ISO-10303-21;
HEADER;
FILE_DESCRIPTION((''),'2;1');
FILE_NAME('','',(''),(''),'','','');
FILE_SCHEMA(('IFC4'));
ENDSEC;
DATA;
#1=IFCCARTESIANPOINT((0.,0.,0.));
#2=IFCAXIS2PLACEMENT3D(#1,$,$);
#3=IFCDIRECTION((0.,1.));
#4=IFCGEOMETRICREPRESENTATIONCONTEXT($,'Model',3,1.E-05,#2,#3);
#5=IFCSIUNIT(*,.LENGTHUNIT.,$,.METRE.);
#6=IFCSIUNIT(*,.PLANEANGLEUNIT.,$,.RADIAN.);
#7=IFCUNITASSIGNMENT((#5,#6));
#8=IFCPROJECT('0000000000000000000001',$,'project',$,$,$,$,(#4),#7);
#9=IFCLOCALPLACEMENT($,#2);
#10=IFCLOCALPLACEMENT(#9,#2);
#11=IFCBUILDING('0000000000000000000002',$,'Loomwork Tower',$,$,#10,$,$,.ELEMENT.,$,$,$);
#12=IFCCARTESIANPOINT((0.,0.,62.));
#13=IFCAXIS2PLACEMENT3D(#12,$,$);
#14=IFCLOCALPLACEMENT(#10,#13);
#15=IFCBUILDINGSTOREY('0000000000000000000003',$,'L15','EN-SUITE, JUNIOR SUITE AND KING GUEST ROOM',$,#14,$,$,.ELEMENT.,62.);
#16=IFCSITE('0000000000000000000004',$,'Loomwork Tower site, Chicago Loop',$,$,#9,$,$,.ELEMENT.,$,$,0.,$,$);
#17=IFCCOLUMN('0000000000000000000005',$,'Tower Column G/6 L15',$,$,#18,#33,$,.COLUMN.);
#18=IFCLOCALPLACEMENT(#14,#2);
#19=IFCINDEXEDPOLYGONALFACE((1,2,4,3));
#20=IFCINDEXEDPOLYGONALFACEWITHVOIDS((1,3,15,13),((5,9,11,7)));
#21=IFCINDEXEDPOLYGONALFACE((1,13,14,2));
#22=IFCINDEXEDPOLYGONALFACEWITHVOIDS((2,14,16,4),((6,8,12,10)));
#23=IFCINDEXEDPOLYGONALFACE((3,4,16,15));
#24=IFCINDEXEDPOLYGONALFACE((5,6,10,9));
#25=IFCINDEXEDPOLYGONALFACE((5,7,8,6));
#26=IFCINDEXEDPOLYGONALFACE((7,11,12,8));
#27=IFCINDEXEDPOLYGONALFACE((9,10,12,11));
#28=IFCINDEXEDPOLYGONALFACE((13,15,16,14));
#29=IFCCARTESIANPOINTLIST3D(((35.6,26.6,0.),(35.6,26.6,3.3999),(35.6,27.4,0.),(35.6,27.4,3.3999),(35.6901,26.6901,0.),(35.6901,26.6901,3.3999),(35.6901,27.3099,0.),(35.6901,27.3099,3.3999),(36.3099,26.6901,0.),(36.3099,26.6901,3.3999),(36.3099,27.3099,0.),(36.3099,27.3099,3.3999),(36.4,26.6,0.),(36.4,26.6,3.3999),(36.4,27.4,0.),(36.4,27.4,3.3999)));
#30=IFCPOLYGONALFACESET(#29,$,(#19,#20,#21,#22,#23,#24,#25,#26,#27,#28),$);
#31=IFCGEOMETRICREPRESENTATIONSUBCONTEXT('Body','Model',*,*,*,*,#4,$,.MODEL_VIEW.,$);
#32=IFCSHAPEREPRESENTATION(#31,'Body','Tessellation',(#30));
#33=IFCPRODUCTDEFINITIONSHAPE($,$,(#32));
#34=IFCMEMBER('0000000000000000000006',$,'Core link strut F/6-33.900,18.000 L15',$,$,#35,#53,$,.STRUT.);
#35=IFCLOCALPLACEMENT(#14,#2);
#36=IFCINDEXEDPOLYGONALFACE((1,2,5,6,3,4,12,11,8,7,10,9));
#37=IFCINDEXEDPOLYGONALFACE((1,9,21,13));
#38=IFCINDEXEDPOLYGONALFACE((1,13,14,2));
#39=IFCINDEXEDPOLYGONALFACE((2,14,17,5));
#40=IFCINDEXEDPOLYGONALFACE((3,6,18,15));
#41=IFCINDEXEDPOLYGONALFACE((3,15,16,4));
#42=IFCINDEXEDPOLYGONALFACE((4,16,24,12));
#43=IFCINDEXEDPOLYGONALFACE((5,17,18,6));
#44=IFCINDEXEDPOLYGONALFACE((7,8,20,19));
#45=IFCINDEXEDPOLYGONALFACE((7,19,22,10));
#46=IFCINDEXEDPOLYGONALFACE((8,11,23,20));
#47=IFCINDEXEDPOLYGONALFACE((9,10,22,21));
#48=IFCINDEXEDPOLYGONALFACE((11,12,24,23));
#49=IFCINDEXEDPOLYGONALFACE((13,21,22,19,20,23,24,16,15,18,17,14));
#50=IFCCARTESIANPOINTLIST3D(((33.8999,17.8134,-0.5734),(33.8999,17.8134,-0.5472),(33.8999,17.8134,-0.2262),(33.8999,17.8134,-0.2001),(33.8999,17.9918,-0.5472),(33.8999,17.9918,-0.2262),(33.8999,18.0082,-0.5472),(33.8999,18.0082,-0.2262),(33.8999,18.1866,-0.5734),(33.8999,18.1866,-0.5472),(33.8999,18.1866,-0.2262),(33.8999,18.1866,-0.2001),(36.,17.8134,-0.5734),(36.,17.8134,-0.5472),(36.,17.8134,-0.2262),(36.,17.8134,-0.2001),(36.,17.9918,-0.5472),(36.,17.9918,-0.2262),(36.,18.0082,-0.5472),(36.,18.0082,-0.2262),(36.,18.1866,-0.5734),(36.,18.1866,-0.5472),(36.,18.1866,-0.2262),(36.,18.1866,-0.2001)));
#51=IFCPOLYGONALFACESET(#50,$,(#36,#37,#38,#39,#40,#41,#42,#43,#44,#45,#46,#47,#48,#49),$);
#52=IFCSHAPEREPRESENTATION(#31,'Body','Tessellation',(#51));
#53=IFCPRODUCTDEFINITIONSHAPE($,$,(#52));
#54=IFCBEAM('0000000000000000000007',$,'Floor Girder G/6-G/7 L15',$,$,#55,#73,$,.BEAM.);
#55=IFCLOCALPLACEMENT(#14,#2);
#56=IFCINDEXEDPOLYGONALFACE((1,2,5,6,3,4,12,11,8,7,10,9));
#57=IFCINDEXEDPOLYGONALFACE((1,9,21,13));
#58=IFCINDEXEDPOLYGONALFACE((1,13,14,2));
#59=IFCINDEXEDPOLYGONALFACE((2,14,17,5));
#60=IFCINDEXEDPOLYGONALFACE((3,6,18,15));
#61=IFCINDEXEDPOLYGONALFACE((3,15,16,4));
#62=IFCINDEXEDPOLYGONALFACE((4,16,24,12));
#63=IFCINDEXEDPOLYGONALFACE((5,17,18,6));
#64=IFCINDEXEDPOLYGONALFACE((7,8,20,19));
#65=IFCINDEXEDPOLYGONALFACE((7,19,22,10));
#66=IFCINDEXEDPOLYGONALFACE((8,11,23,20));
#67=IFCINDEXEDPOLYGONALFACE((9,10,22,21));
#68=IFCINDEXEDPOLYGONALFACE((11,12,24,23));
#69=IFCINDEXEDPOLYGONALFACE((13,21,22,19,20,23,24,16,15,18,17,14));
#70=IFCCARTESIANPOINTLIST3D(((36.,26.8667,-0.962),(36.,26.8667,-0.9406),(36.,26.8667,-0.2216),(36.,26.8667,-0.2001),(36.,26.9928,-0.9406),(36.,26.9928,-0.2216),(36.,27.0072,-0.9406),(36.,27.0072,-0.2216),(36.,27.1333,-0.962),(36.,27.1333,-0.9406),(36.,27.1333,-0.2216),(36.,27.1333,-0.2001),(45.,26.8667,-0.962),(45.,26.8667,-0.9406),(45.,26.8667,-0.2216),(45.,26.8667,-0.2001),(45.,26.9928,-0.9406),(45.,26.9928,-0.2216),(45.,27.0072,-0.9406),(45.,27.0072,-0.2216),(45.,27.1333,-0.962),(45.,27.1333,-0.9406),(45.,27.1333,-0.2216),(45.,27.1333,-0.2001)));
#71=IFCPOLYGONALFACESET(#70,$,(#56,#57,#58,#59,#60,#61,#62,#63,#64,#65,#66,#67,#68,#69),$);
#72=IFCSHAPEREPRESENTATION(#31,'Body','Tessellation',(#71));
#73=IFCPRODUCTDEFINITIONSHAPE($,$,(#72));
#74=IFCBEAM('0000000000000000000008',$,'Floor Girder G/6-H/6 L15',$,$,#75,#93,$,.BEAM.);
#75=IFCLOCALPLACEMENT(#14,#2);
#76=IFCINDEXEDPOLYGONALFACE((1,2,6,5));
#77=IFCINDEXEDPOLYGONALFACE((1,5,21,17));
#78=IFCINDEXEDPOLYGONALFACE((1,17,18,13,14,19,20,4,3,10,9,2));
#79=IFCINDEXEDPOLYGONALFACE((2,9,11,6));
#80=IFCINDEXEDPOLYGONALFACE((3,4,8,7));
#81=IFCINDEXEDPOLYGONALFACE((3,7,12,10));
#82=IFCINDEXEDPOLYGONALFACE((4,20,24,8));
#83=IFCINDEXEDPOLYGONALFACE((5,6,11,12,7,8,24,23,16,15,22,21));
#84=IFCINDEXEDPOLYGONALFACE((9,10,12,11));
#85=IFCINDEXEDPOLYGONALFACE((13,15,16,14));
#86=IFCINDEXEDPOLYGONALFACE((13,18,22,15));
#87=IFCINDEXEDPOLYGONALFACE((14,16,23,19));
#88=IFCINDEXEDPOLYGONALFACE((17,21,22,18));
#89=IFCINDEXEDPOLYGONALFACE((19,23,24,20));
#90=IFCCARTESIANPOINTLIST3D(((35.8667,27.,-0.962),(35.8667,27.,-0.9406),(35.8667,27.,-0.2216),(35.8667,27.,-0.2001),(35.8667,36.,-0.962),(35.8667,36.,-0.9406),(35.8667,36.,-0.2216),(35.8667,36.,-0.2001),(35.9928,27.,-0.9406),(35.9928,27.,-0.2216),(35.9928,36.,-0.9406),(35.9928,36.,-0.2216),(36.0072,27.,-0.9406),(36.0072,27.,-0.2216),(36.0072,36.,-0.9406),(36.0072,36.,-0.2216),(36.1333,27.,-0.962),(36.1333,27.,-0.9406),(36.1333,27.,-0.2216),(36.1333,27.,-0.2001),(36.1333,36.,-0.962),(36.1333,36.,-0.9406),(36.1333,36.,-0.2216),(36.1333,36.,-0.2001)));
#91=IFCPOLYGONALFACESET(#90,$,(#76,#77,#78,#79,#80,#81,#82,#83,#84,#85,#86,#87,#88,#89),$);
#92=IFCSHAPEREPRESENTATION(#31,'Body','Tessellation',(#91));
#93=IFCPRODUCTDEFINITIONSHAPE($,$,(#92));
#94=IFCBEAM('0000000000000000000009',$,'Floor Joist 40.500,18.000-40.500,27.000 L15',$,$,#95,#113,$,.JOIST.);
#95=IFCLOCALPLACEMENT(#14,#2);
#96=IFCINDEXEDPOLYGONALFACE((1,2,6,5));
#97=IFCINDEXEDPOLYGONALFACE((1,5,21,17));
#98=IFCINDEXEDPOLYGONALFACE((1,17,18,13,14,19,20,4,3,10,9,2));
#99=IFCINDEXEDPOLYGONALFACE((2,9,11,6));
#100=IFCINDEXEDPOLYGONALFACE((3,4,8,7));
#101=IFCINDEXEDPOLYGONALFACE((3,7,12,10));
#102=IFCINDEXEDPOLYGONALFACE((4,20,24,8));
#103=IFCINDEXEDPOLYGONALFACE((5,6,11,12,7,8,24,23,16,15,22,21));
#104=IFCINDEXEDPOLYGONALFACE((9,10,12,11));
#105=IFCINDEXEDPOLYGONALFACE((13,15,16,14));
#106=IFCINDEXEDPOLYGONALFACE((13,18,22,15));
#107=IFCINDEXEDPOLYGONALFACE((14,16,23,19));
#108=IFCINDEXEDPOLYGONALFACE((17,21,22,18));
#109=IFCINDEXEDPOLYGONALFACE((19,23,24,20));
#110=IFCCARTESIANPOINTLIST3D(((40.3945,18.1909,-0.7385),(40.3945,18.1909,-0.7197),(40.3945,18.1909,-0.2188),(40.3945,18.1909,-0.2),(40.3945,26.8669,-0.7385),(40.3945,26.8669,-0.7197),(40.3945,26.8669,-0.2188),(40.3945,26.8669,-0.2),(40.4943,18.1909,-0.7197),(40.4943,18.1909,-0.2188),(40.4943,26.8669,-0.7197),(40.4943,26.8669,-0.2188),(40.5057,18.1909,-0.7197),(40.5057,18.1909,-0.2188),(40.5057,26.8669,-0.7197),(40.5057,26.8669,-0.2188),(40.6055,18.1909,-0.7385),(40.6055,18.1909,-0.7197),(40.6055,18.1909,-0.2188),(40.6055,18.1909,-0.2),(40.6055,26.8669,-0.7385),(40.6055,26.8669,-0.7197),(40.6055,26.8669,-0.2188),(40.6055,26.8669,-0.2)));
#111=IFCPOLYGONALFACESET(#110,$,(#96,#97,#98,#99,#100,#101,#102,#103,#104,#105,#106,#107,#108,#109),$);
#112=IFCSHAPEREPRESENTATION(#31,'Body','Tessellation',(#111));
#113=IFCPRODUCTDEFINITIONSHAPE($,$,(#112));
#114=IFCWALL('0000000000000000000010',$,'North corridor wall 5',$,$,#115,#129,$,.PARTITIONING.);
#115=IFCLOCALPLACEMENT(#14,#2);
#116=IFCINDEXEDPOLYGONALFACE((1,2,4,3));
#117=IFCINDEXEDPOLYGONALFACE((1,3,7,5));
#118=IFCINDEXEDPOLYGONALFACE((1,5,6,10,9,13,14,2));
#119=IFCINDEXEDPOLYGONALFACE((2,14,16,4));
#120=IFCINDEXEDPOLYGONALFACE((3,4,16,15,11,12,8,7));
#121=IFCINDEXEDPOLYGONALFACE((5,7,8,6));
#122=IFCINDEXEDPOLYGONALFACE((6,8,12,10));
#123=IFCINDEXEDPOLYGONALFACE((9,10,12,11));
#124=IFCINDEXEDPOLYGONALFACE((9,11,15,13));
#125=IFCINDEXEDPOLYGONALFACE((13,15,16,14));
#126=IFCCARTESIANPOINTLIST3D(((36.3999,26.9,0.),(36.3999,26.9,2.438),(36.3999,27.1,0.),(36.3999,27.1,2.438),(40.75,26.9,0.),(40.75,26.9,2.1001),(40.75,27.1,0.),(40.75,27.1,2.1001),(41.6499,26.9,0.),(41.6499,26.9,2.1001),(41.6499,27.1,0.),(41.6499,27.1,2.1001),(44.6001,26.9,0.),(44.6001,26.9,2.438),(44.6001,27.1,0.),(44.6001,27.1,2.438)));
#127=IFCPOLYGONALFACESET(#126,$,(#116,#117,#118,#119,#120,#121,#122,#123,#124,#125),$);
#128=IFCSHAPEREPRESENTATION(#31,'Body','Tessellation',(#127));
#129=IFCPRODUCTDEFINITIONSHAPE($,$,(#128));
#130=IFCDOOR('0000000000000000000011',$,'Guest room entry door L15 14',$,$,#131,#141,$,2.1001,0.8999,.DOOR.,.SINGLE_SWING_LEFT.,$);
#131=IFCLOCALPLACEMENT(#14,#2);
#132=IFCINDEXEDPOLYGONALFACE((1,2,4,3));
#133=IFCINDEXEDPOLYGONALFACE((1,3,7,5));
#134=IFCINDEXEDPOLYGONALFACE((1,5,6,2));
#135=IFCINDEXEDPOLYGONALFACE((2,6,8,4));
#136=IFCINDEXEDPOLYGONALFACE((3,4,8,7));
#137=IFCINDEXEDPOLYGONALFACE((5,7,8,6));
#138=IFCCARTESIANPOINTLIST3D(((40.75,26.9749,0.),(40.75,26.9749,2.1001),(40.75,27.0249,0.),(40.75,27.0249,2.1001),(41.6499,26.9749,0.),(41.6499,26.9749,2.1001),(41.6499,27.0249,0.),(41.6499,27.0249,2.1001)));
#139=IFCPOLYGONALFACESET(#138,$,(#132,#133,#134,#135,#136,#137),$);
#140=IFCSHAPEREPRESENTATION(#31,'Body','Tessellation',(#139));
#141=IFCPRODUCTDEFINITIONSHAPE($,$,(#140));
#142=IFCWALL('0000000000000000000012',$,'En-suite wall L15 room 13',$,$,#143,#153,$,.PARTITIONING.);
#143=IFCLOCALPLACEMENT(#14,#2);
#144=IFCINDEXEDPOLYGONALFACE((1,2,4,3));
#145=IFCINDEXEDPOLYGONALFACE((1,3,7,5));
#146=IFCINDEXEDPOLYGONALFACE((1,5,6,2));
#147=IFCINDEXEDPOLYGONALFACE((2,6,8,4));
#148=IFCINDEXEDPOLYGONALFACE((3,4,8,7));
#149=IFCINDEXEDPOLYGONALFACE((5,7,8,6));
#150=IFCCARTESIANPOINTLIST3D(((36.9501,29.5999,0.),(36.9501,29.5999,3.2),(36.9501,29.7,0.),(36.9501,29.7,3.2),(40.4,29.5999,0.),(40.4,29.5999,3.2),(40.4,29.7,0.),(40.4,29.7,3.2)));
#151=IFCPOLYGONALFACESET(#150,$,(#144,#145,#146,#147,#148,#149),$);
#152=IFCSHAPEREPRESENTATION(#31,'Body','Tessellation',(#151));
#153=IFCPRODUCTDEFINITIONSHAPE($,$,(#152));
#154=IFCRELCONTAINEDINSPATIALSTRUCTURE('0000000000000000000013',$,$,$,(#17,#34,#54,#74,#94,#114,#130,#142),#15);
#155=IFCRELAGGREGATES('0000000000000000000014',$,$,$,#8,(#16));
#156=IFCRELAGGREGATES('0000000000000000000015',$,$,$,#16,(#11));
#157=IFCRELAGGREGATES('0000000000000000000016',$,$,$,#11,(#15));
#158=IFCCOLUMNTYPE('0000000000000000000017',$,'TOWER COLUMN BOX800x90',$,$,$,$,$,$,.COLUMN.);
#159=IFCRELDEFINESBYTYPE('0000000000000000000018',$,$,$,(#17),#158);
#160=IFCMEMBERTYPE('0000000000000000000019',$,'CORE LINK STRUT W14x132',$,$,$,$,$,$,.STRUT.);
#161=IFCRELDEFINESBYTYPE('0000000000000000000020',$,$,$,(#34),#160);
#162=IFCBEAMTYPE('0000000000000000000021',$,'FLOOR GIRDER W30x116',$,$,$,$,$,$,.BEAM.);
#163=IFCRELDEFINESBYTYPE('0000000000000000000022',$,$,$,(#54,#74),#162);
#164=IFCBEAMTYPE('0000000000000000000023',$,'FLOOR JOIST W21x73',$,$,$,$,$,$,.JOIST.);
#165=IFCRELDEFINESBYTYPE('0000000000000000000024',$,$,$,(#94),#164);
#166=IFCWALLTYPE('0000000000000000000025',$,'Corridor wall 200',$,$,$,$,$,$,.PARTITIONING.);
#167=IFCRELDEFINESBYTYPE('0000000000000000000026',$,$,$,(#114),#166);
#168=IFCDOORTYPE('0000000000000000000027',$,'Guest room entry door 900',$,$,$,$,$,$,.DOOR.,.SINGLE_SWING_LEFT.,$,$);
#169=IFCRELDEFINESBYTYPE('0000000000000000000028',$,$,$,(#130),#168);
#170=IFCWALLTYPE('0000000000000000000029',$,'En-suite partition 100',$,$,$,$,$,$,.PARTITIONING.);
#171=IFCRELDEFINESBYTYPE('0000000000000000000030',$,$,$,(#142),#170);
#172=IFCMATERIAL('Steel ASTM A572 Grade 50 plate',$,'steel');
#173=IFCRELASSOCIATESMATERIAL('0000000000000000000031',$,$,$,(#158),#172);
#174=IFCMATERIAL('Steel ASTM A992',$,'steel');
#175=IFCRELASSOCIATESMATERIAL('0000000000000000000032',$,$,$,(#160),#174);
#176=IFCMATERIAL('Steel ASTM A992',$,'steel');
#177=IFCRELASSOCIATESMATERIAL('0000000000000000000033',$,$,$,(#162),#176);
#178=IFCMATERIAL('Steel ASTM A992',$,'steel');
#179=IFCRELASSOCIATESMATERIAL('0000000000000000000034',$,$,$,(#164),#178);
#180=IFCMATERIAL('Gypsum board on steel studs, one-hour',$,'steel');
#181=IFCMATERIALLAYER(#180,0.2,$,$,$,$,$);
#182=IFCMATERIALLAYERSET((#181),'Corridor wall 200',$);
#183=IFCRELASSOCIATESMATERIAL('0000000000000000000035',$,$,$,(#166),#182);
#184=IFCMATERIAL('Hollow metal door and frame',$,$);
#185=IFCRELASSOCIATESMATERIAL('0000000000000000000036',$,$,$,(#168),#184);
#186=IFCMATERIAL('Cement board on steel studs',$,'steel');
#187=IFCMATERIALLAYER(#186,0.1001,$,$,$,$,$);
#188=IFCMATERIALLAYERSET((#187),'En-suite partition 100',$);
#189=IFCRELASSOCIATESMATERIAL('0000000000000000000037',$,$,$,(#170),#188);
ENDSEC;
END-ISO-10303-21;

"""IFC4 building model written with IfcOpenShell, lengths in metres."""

from ifc_helpers import new_model, si_unit, direction, frame, frame_2d, origin, origin_2d, place, context, subcontext, project, spatial, rectangle, hollow_rectangle, i_section, extrude, material, layer, layer_set, material_profile, profile_set, type_object, element, fill, save


model = new_model("IFC4")

# Units and contexts
model_context = context("Model", 3, precision=1e-05, world=origin(), true_north=direction((0.0, 1.0)))
body_context = subcontext(model_context, "Body", "Model", "MODEL_VIEW")
ifc_project = project(units=[si_unit("LENGTHUNIT", "METRE"), si_unit("PLANEANGLEUNIT", "RADIAN")], contexts=[model_context])

# Site, building, storey
site_placement = place(None, origin())
site = spatial("IfcSite", under=ifc_project, at=site_placement, Name="Loomwork Tower site, Chicago Loop", CompositionType="ELEMENT", RefElevation=0.0)
building_placement = place(site_placement, origin())
building = spatial("IfcBuilding", under=site, at=building_placement, Name="Loomwork Tower", CompositionType="ELEMENT")
storey_placement = place(building_placement, frame((0.0, 0.0, 62.0)))
storey = spatial("IfcBuildingStorey", under=building, at=storey_placement, Name="L15", Description="EN-SUITE, JUNIOR SUITE AND KING GUEST ROOM", CompositionType="ELEMENT", Elevation=62.0)

# Column
ifc_material_1 = material(Name="Steel ASTM A572 Grade 50 plate", Category="steel")
ifc_material_profile_1 = material_profile(ifc_material_1, hollow_rectangle(XDim=0.8, YDim=0.8, WallThickness=0.0901, at=origin_2d()), Name="BOX800x90")
ifc_profile_set_1 = profile_set([ifc_material_profile_1], Name="Steel ASTM A572 Grade 50 plate")
column_type = type_object("IfcColumnType", Name="TOWER COLUMN BOX800x90", PredefinedType="COLUMN", material=ifc_profile_set_1)
column_placement = place(storey_placement, frame((36.0, 27.0, 0.0), z_axis=(0.0, 0.0, 1.0), x_axis=(1.0, 0.0, 0.0)))
element("IfcColumn", 1, at=column_placement, inside=storey, type_object=column_type, Name="Tower Column G/6 L15", PredefinedType="COLUMN", context=body_context, shape_type="SweptSolid", body=[
    extrude(hollow_rectangle(XDim=0.8, YDim=0.8, WallThickness=0.0901, at=origin_2d()), origin(), (0.0, 0.0, 1.0), 3.3999),
])

# Member
ifc_material_2 = material(Name="Steel ASTM A992", Category="steel")
ifc_material_profile_2 = material_profile(ifc_material_2, i_section(OverallWidth=0.3733, OverallDepth=0.3733, WebThickness=0.0164, FlangeThickness=0.0261, at=origin_2d()), Name="W14x132")
ifc_profile_set_2 = profile_set([ifc_material_profile_2], Name="Steel ASTM A992")
member_type = type_object("IfcMemberType", Name="CORE LINK STRUT W14x132", PredefinedType="STRUT", material=ifc_profile_set_2)
member_placement = place(storey_placement, frame((36.0, 18.0, -0.3867), z_axis=(-1.0, 0.0, 0.0), x_axis=(0.0, -1.0, 0.0)))
element("IfcMember", 2, at=member_placement, inside=storey, type_object=member_type, Name="Core link strut F/6-33.900,18.000 L15", PredefinedType="STRUT", context=body_context, shape_type="SweptSolid", body=[
    extrude(i_section(OverallWidth=0.3733, OverallDepth=0.3733, WebThickness=0.0164, FlangeThickness=0.0261, at=origin_2d()), origin(), (0.0, 0.0, 1.0), 2.1001),
])

# Beams
ifc_material_3 = material(Name="Steel ASTM A992", Category="steel")
ifc_material_profile_3 = material_profile(ifc_material_3, i_section(OverallWidth=0.2666, OverallDepth=0.762, WebThickness=0.0144, FlangeThickness=0.0215, at=origin_2d()), Name="W30x116")
ifc_profile_set_3 = profile_set([ifc_material_profile_3], Name="Steel ASTM A992")
beam_type_1 = type_object("IfcBeamType", Name="FLOOR GIRDER W30x116", PredefinedType="BEAM", material=ifc_profile_set_3)
for number, where, z_axis, x_axis, name in (
    (3, (36.0, 27.0, -0.5811), (1.0, 0.0, 0.0), (0.0, 1.0, 0.0), "Floor Girder G/6-G/7 L15"),
    (4, (36.0, 27.0, -0.5811), (0.0, 1.0, 0.0), (-1.0, 0.0, 0.0), "Floor Girder G/6-H/6 L15"),
):
    element("IfcBeam", number, at=place(storey_placement, frame(where, z_axis=z_axis, x_axis=x_axis)), inside=storey, type_object=beam_type_1, Name=name, PredefinedType="BEAM", context=body_context, shape_type="SweptSolid", body=[
        extrude(i_section(OverallWidth=0.2666, OverallDepth=0.762, WebThickness=0.0144, FlangeThickness=0.0215, at=origin_2d()), origin(), (0.0, 0.0, 1.0), 9.0),
    ])
ifc_material_4 = material(Name="Steel ASTM A992", Category="steel")
ifc_material_profile_4 = material_profile(ifc_material_4, i_section(OverallWidth=0.2109, OverallDepth=0.5386, WebThickness=0.0115, FlangeThickness=0.0188, at=origin_2d()), Name="W21x73")
ifc_profile_set_4 = profile_set([ifc_material_profile_4], Name="Steel ASTM A992")
beam_type_2 = type_object("IfcBeamType", Name="FLOOR JOIST W21x73", PredefinedType="JOIST", material=ifc_profile_set_4)
beam_placement = place(storey_placement, frame((40.5, 18.1909, -0.4692), z_axis=(0.0, 1.0, 0.0), x_axis=(-1.0, 0.0, 0.0)))
element("IfcBeam", 5, at=beam_placement, inside=storey, type_object=beam_type_2, Name="Floor Joist 40.500,18.000-40.500,27.000 L15", PredefinedType="JOIST", context=body_context, shape_type="SweptSolid", body=[
    extrude(i_section(OverallWidth=0.2109, OverallDepth=0.5386, WebThickness=0.0115, FlangeThickness=0.0188, at=origin_2d()), origin(), (0.0, 0.0, 1.0), 8.676),
])

# Wall, opening, door
ifc_material_5 = material(Name="Gypsum board on steel studs, one-hour", Category="steel")
ifc_layer_1 = layer(ifc_material_5, 0.2)
ifc_layer_set_1 = layer_set([ifc_layer_1], Name="Corridor wall 200")
wall_type_1 = type_object("IfcWallType", Name="Corridor wall 200", PredefinedType="PARTITIONING", material=ifc_layer_set_1)
wall_1_placement = place(storey_placement, frame((36.3999, 27.0, 0.0), z_axis=(0.0, 0.0, 1.0), x_axis=(1.0, 0.0, 0.0)))
wall_1 = element("IfcWall", 6, at=wall_1_placement, inside=storey, type_object=wall_type_1, Name="North corridor wall 5", PredefinedType="PARTITIONING", context=body_context, shape_type="SweptSolid", body=[
    extrude(rectangle(XDim=8.2002, YDim=0.2, at=frame_2d((4.1001, 0.0))), origin(), (0.0, 0.0, 1.0), 2.438),
])
opening_1_placement = place(wall_1_placement, frame((4.3501, 0.0, 0.0)))
opening_1 = element("IfcOpeningElement", 7, at=opening_1_placement, cuts=wall_1, PredefinedType="OPENING", context=body_context, shape_type="SweptSolid", body=[
    extrude(rectangle(XDim=0.8999, YDim=2.1001, at=frame_2d((0.45, 1.05))), frame((0.0, 0.1099, 0.0), z_axis=(0.0, -1.0, 0.0), x_axis=(1.0, 0.0, 0.0)), (0.0, 0.0, 1.0), 0.22),
])
ifc_material_6 = material(Name="Hollow metal door and frame")
door_type_1 = type_object("IfcDoorType", Name="Guest room entry door 900", OperationType="SINGLE_SWING_LEFT", PredefinedType="DOOR", material=ifc_material_6)
door_1_placement = place(opening_1_placement, origin())
door_1 = element("IfcDoor", 8, at=door_1_placement, inside=storey, type_object=door_type_1, Name="Guest room entry door L15 14", OperationType="SINGLE_SWING_LEFT", OverallHeight=2.1001, OverallWidth=0.8999, PredefinedType="DOOR", context=body_context, shape_type="SweptSolid", body=[
    extrude(rectangle(XDim=0.8999, YDim=2.1001, at=frame_2d((0.45, 1.05))), frame((0.0, 0.0249, 0.0), z_axis=(0.0, -1.0, 0.0), x_axis=(1.0, 0.0, 0.0)), (0.0, 0.0, 1.0), 0.05),
])
fill(opening_1, door_1)

# Wall
ifc_material_7 = material(Name="Cement board on steel studs", Category="steel")
ifc_layer_2 = layer(ifc_material_7, 0.1001)
ifc_layer_set_2 = layer_set([ifc_layer_2], Name="En-suite partition 100")
wall_type_2 = type_object("IfcWallType", Name="En-suite partition 100", PredefinedType="PARTITIONING", material=ifc_layer_set_2)
wall_2_placement = place(storey_placement, frame((36.95, 29.6499, 0.0), z_axis=(0.0, 0.0, 1.0), x_axis=(1.0, 0.0, 0.0)))
element("IfcWall", 9, at=wall_2_placement, inside=storey, type_object=wall_type_2, Name="En-suite wall L15 room 13", PredefinedType="PARTITIONING", context=body_context, shape_type="SweptSolid", body=[
    extrude(rectangle(XDim=3.45, YDim=0.1001, at=frame_2d((1.7251, 0.0))), origin(), (0.0, 0.0, 1.0), 3.2),
])

save(model, "model.ifc")
